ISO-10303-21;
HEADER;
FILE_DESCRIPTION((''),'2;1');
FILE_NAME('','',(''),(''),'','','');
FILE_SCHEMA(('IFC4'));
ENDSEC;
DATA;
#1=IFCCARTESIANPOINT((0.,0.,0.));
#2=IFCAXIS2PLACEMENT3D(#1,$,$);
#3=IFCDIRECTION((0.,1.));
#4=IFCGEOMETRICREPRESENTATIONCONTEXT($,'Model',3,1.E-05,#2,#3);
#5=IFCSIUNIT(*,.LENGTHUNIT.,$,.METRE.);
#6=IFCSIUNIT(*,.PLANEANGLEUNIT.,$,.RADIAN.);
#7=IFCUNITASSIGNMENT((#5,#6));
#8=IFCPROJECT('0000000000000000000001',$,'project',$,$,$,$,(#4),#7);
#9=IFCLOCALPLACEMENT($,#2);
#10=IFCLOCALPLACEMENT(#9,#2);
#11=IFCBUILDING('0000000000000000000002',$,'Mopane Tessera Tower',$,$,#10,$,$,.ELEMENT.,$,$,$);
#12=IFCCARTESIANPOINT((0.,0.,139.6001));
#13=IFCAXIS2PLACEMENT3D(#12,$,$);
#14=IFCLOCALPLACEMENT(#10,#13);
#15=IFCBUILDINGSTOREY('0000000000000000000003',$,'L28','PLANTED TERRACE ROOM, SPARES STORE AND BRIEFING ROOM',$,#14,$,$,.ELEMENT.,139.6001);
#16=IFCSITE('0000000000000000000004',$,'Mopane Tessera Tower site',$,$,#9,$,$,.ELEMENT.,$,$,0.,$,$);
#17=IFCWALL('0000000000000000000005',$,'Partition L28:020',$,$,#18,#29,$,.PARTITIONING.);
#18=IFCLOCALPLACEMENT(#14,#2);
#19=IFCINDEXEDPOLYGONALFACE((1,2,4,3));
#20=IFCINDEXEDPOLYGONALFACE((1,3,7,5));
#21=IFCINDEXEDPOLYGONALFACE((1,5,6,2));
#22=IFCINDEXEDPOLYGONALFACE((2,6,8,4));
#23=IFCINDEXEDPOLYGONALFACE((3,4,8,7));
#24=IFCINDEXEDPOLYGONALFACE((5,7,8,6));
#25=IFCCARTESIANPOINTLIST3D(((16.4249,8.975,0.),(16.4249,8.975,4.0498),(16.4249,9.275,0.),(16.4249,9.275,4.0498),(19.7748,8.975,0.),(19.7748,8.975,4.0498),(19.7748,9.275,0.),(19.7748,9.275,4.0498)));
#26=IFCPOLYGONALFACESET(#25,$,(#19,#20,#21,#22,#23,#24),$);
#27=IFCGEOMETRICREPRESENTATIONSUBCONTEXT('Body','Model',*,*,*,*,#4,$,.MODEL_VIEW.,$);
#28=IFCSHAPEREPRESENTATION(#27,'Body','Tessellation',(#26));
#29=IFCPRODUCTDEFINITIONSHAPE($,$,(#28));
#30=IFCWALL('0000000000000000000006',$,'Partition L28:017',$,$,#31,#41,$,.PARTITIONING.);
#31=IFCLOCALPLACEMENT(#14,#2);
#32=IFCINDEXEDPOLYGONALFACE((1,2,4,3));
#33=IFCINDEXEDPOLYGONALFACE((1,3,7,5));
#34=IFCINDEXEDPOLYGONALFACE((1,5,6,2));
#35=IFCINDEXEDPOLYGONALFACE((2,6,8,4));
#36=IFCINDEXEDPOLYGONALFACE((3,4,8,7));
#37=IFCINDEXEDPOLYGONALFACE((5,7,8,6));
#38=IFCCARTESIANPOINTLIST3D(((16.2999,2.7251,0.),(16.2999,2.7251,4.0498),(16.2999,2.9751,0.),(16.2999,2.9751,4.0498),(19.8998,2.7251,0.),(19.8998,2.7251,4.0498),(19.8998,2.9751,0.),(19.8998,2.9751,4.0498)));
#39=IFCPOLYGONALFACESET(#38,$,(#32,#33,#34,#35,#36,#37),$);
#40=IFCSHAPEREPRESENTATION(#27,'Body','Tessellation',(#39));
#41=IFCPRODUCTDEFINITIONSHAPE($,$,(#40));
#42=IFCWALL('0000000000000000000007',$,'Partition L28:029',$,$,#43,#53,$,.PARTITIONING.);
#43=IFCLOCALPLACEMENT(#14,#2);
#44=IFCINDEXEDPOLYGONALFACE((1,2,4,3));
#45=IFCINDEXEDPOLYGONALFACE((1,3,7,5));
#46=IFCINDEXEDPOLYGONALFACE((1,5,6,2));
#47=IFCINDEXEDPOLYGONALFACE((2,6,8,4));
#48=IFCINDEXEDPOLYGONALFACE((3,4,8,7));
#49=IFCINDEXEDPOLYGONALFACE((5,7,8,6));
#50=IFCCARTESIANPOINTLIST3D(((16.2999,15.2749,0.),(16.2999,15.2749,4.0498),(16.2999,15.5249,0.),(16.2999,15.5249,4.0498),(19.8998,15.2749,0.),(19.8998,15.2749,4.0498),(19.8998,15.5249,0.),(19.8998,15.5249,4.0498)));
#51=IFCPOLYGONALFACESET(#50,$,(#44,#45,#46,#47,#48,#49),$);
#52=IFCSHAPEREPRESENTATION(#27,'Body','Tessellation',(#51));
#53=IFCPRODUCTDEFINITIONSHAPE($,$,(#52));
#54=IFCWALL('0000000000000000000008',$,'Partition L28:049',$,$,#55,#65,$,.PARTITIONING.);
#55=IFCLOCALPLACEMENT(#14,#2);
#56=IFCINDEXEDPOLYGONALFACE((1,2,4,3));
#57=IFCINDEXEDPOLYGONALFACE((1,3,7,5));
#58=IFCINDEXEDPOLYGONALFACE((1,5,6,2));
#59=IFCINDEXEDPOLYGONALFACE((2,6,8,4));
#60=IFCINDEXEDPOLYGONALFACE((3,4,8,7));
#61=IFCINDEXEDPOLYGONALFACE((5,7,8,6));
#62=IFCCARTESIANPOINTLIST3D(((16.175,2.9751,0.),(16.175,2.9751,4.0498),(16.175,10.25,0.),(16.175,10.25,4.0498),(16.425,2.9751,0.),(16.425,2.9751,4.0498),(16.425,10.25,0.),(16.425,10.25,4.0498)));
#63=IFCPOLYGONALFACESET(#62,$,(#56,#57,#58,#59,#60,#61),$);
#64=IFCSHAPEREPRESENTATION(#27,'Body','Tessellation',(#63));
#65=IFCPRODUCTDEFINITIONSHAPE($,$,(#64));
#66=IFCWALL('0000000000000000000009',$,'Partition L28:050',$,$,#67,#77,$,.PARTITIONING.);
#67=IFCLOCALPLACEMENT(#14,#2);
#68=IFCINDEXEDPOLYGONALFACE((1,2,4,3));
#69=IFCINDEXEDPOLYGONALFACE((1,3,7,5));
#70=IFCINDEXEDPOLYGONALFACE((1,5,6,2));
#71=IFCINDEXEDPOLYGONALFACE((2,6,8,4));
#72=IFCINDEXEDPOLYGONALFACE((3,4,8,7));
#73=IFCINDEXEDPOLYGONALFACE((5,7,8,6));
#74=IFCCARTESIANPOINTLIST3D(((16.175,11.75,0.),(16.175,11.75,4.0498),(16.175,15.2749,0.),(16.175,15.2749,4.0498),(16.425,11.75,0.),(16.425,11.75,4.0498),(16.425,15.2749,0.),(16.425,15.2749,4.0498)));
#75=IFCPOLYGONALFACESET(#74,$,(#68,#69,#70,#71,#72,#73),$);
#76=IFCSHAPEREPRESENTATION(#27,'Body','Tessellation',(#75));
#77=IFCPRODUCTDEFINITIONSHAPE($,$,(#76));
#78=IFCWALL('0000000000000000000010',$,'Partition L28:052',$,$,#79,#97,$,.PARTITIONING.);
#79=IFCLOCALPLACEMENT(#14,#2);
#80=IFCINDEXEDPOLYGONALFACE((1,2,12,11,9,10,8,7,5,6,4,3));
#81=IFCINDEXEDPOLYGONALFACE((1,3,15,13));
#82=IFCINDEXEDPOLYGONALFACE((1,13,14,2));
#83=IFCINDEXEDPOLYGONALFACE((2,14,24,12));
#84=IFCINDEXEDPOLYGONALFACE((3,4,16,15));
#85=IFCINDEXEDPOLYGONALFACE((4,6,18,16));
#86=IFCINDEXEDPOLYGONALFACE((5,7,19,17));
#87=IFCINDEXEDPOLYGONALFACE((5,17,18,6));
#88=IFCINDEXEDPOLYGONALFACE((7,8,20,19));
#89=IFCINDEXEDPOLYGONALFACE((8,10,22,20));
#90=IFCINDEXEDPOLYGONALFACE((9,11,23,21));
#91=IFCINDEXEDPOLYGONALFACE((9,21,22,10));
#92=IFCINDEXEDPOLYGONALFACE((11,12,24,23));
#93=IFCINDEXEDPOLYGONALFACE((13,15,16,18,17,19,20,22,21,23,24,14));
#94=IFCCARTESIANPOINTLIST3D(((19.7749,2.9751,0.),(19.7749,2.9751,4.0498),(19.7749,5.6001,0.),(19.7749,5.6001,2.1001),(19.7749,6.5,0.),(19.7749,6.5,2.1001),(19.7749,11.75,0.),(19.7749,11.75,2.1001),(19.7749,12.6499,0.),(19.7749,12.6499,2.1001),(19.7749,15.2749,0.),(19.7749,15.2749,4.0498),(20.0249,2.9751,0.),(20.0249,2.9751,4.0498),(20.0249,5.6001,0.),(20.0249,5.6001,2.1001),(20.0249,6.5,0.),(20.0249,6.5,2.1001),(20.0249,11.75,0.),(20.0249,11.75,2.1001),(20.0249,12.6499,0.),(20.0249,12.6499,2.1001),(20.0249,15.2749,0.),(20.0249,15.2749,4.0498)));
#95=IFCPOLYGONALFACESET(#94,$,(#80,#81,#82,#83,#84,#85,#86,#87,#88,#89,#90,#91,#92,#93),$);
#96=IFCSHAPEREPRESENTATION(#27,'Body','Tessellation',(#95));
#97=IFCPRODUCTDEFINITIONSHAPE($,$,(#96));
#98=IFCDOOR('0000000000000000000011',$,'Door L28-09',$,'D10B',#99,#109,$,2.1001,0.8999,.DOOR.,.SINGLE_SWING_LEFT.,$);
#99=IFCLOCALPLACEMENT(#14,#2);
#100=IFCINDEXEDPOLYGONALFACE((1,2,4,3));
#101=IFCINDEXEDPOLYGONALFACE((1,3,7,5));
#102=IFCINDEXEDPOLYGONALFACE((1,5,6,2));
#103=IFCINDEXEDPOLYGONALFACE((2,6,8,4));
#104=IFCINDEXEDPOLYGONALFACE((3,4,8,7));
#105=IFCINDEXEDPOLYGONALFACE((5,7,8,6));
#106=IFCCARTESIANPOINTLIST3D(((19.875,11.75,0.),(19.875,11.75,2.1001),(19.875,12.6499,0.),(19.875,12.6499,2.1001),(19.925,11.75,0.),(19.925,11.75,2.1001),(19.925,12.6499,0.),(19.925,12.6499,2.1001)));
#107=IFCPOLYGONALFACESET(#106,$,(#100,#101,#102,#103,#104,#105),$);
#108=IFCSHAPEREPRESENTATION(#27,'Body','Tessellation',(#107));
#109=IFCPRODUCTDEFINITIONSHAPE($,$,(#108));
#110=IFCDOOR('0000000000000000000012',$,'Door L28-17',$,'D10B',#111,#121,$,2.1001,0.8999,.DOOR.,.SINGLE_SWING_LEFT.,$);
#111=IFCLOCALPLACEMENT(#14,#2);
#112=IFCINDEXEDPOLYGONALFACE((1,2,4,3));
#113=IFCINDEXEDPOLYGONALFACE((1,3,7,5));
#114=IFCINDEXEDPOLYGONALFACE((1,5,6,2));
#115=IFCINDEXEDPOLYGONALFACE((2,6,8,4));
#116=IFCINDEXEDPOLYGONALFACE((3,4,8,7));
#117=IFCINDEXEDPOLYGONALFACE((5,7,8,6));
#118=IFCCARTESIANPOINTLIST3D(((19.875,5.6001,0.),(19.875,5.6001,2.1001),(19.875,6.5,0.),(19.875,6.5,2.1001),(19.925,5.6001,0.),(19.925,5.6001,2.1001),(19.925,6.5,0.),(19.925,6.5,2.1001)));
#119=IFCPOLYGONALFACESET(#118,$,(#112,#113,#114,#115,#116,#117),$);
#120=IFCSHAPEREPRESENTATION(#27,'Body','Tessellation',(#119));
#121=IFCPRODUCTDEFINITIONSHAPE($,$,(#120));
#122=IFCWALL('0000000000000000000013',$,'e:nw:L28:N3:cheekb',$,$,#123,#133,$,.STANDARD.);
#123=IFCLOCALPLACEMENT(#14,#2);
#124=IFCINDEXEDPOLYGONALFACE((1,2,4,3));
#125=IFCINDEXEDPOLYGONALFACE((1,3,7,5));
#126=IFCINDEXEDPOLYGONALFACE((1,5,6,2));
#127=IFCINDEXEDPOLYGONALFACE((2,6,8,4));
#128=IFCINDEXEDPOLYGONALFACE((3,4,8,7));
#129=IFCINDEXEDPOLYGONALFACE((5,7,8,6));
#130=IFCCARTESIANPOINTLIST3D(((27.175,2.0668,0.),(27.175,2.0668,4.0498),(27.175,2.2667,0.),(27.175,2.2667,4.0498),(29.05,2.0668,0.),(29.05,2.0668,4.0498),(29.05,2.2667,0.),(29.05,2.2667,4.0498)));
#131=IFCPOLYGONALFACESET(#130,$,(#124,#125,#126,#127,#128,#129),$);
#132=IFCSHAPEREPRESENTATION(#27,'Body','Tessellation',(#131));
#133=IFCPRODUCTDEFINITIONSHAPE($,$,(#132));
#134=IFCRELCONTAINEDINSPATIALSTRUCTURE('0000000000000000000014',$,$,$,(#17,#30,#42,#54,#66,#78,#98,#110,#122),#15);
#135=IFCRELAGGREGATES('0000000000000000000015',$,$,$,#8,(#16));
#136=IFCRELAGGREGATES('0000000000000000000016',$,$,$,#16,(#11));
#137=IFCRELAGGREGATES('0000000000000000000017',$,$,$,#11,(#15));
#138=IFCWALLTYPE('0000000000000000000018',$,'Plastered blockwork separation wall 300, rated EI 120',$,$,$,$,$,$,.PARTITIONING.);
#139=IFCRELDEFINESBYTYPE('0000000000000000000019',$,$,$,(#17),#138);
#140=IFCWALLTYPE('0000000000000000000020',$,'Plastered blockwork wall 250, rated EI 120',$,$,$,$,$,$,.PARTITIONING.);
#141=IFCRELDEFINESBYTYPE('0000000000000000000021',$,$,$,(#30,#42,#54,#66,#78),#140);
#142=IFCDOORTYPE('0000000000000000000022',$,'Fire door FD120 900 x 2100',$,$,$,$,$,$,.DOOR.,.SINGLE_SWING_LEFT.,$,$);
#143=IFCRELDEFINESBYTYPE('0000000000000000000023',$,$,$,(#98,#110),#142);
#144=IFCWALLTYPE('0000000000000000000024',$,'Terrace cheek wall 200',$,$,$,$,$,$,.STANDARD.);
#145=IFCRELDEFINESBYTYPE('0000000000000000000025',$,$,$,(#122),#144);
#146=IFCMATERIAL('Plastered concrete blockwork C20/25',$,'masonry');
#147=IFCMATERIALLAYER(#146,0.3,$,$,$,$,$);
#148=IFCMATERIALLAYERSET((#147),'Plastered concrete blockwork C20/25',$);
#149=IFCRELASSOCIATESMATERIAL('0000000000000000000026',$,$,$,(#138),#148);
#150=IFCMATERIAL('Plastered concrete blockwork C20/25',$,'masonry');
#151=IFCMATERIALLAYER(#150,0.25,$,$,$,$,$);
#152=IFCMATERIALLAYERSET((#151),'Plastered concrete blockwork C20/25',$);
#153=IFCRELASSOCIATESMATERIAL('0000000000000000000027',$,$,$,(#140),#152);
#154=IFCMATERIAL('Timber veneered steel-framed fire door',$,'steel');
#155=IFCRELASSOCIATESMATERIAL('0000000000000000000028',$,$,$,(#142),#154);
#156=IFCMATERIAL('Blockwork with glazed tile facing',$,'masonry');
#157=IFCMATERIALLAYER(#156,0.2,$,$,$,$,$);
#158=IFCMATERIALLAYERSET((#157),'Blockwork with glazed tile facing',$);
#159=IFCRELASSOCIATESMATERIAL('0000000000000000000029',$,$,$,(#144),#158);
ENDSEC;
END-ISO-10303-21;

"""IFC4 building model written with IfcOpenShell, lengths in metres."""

from ifc_helpers import new_model, si_unit, direction, frame, frame_2d, origin, place, context, subcontext, project, spatial, rectangle, extrude, material, layer, layer_set, type_object, element, fill, save


model = new_model("IFC4")

# Units and contexts
model_context = context("Model", 3, precision=1e-05, world=origin(), true_north=direction((0.0, 1.0)))
body_context = subcontext(model_context, "Body", "Model", "MODEL_VIEW")
ifc_project = project(units=[si_unit("LENGTHUNIT", "METRE"), si_unit("PLANEANGLEUNIT", "RADIAN")], contexts=[model_context])

# Site, building, storey
site_placement = place(None, origin())
site = spatial("IfcSite", under=ifc_project, at=site_placement, Name="Mopane Tessera Tower site", CompositionType="ELEMENT", RefElevation=0.0)
building_placement = place(site_placement, origin())
building = spatial("IfcBuilding", under=site, at=building_placement, Name="Mopane Tessera Tower", CompositionType="ELEMENT")
storey_placement = place(building_placement, frame((0.0, 0.0, 139.6001)))
storey = spatial("IfcBuildingStorey", under=building, at=storey_placement, Name="L28", Description="PLANTED TERRACE ROOM, SPARES STORE AND BRIEFING ROOM", CompositionType="ELEMENT", Elevation=139.6001)

# Walls
ifc_material_1 = material(Name="Plastered concrete blockwork C20/25", Category="masonry")
ifc_layer_1 = layer(ifc_material_1, 0.3)
ifc_layer_set_1 = layer_set([ifc_layer_1], Name="Plastered concrete blockwork C20/25")
wall_type_1 = type_object("IfcWallType", Name="Plastered blockwork separation wall 300, rated EI 120", PredefinedType="PARTITIONING", material=ifc_layer_set_1)
wall_1_placement = place(storey_placement, frame((16.425, 9.125, 0.0), z_axis=(0.0, 0.0, 1.0), x_axis=(1.0, 0.0, 0.0)))
element("IfcWall", 1, at=wall_1_placement, inside=storey, type_object=wall_type_1, Name="Partition L28:020", PredefinedType="PARTITIONING", context=body_context, shape_type="SweptSolid", body=[
    extrude(rectangle(XDim=3.3499, YDim=0.3, at=frame_2d((1.6748, 0.0))), origin(), (0.0, 0.0, 1.0), 4.0498),
])
ifc_material_2 = material(Name="Plastered concrete blockwork C20/25", Category="masonry")
ifc_layer_2 = layer(ifc_material_2, 0.25)
ifc_layer_set_2 = layer_set([ifc_layer_2], Name="Plastered concrete blockwork C20/25")
wall_type_2 = type_object("IfcWallType", Name="Plastered blockwork wall 250, rated EI 120", PredefinedType="PARTITIONING", material=ifc_layer_set_2)
for number, where, z_axis, x_axis, name in (
    (2, (16.3, 2.8501, 0.0), (0.0, 0.0, 1.0), (1.0, 0.0, 0.0), "Partition L28:017"),
    (3, (16.3, 15.3999, 0.0), (0.0, 0.0, 1.0), (1.0, 0.0, 0.0), "Partition L28:029"),
):
    element("IfcWall", number, at=place(storey_placement, frame(where, z_axis=z_axis, x_axis=x_axis)), inside=storey, type_object=wall_type_2, Name=name, PredefinedType="PARTITIONING", context=body_context, shape_type="SweptSolid", body=[
        extrude(rectangle(XDim=3.5999, YDim=0.25, at=frame_2d((1.7998, 0.0))), origin(), (0.0, 0.0, 1.0), 4.0498),
    ])
wall_2_placement = place(storey_placement, frame((16.3, 2.9751, 0.0), z_axis=(0.0, 0.0, 1.0), x_axis=(0.0, 1.0, 0.0)))
element("IfcWall", 4, at=wall_2_placement, inside=storey, type_object=wall_type_2, Name="Partition L28:049", PredefinedType="PARTITIONING", context=body_context, shape_type="SweptSolid", body=[
    extrude(rectangle(XDim=7.2749, YDim=0.25, at=frame_2d((3.6375, 0.0))), origin(), (0.0, 0.0, 1.0), 4.0498),
])
wall_3_placement = place(storey_placement, frame((16.3, 11.75, 0.0), z_axis=(0.0, 0.0, 1.0), x_axis=(0.0, 1.0, 0.0)))
element("IfcWall", 5, at=wall_3_placement, inside=storey, type_object=wall_type_2, Name="Partition L28:050", PredefinedType="PARTITIONING", context=body_context, shape_type="SweptSolid", body=[
    extrude(rectangle(XDim=3.5249, YDim=0.25, at=frame_2d((1.7625, 0.0))), origin(), (0.0, 0.0, 1.0), 4.0498),
])

# Wall, openings, doors
wall_4_placement = place(storey_placement, frame((19.8999, 2.9751, 0.0), z_axis=(0.0, 0.0, 1.0), x_axis=(0.0, 1.0, 0.0)))
wall_4 = element("IfcWall", 6, at=wall_4_placement, inside=storey, type_object=wall_type_2, Name="Partition L28:052", PredefinedType="PARTITIONING", context=body_context, shape_type="SweptSolid", body=[
    extrude(rectangle(XDim=12.2998, YDim=0.25, at=frame_2d((6.1499, 0.0))), origin(), (0.0, 0.0, 1.0), 4.0498),
])
opening_1_placement = place(wall_4_placement, frame((8.7749, 0.0, 0.0)))
opening_1 = element("IfcOpeningElement", 7, at=opening_1_placement, cuts=wall_4, PredefinedType="OPENING", context=body_context, shape_type="SweptSolid", body=[
    extrude(rectangle(XDim=0.8999, YDim=2.1001, at=frame_2d((0.45, 1.05))), frame((0.0, 0.137, 0.0), z_axis=(0.0, -1.0, 0.0), x_axis=(1.0, 0.0, 0.0)), (0.0, 0.0, 1.0), 0.2739),
])
opening_2_placement = place(wall_4_placement, frame((2.625, 0.0, 0.0)))
opening_2 = element("IfcOpeningElement", 8, at=opening_2_placement, cuts=wall_4, PredefinedType="OPENING", context=body_context, shape_type="SweptSolid", body=[
    extrude(rectangle(XDim=0.8999, YDim=2.1001, at=frame_2d((0.45, 1.05))), frame((0.0, 0.137, 0.0), z_axis=(0.0, -1.0, 0.0), x_axis=(1.0, 0.0, 0.0)), (0.0, 0.0, 1.0), 0.2739),
])
ifc_material_3 = material(Name="Timber veneered steel-framed fire door", Category="steel")
door_type = type_object("IfcDoorType", Name="Fire door FD120 900 x 2100", OperationType="SINGLE_SWING_LEFT", PredefinedType="DOOR", material=ifc_material_3)
door_1_placement = place(opening_1_placement, origin())
door_1 = element("IfcDoor", 9, at=door_1_placement, inside=storey, type_object=door_type, Name="Door L28-09", ObjectType="D10B", OperationType="SINGLE_SWING_LEFT", OverallHeight=2.1001, OverallWidth=0.8999, PredefinedType="DOOR", context=body_context, shape_type="SweptSolid", body=[
    extrude(rectangle(XDim=0.8999, YDim=2.1001, at=frame_2d((0.45, 1.05))), frame((0.0, 0.0249, 0.0), z_axis=(0.0, -1.0, 0.0), x_axis=(1.0, 0.0, 0.0)), (0.0, 0.0, 1.0), 0.05),
])
fill(opening_1, door_1)
door_2_placement = place(opening_2_placement, origin())
door_2 = element("IfcDoor", 10, at=door_2_placement, inside=storey, type_object=door_type, Name="Door L28-17", ObjectType="D10B", OperationType="SINGLE_SWING_LEFT", OverallHeight=2.1001, OverallWidth=0.8999, PredefinedType="DOOR", context=body_context, shape_type="SweptSolid", body=[
    extrude(rectangle(XDim=0.8999, YDim=2.1001, at=frame_2d((0.45, 1.05))), frame((0.0, 0.0249, 0.0), z_axis=(0.0, -1.0, 0.0), x_axis=(1.0, 0.0, 0.0)), (0.0, 0.0, 1.0), 0.05),
])
fill(opening_2, door_2)

# Wall
ifc_material_4 = material(Name="Blockwork with glazed tile facing", Category="masonry")
ifc_layer_3 = layer(ifc_material_4, 0.2)
ifc_layer_set_3 = layer_set([ifc_layer_3], Name="Blockwork with glazed tile facing")
wall_type_3 = type_object("IfcWallType", Name="Terrace cheek wall 200", PredefinedType="STANDARD", material=ifc_layer_set_3)
wall_5_placement = place(storey_placement, frame((29.05, 2.1667, 0.0), z_axis=(0.0, 0.0, 1.0), x_axis=(-1.0, 0.0, 0.0)))
element("IfcWall", 11, at=wall_5_placement, inside=storey, type_object=wall_type_3, Name="e:nw:L28:N3:cheekb", PredefinedType="STANDARD", context=body_context, shape_type="SweptSolid", body=[
    extrude(rectangle(XDim=1.875, YDim=0.2, at=frame_2d((0.9375, 0.0))), origin(), (0.0, 0.0, 1.0), 4.0498),
])

save(model, "model.ifc")
